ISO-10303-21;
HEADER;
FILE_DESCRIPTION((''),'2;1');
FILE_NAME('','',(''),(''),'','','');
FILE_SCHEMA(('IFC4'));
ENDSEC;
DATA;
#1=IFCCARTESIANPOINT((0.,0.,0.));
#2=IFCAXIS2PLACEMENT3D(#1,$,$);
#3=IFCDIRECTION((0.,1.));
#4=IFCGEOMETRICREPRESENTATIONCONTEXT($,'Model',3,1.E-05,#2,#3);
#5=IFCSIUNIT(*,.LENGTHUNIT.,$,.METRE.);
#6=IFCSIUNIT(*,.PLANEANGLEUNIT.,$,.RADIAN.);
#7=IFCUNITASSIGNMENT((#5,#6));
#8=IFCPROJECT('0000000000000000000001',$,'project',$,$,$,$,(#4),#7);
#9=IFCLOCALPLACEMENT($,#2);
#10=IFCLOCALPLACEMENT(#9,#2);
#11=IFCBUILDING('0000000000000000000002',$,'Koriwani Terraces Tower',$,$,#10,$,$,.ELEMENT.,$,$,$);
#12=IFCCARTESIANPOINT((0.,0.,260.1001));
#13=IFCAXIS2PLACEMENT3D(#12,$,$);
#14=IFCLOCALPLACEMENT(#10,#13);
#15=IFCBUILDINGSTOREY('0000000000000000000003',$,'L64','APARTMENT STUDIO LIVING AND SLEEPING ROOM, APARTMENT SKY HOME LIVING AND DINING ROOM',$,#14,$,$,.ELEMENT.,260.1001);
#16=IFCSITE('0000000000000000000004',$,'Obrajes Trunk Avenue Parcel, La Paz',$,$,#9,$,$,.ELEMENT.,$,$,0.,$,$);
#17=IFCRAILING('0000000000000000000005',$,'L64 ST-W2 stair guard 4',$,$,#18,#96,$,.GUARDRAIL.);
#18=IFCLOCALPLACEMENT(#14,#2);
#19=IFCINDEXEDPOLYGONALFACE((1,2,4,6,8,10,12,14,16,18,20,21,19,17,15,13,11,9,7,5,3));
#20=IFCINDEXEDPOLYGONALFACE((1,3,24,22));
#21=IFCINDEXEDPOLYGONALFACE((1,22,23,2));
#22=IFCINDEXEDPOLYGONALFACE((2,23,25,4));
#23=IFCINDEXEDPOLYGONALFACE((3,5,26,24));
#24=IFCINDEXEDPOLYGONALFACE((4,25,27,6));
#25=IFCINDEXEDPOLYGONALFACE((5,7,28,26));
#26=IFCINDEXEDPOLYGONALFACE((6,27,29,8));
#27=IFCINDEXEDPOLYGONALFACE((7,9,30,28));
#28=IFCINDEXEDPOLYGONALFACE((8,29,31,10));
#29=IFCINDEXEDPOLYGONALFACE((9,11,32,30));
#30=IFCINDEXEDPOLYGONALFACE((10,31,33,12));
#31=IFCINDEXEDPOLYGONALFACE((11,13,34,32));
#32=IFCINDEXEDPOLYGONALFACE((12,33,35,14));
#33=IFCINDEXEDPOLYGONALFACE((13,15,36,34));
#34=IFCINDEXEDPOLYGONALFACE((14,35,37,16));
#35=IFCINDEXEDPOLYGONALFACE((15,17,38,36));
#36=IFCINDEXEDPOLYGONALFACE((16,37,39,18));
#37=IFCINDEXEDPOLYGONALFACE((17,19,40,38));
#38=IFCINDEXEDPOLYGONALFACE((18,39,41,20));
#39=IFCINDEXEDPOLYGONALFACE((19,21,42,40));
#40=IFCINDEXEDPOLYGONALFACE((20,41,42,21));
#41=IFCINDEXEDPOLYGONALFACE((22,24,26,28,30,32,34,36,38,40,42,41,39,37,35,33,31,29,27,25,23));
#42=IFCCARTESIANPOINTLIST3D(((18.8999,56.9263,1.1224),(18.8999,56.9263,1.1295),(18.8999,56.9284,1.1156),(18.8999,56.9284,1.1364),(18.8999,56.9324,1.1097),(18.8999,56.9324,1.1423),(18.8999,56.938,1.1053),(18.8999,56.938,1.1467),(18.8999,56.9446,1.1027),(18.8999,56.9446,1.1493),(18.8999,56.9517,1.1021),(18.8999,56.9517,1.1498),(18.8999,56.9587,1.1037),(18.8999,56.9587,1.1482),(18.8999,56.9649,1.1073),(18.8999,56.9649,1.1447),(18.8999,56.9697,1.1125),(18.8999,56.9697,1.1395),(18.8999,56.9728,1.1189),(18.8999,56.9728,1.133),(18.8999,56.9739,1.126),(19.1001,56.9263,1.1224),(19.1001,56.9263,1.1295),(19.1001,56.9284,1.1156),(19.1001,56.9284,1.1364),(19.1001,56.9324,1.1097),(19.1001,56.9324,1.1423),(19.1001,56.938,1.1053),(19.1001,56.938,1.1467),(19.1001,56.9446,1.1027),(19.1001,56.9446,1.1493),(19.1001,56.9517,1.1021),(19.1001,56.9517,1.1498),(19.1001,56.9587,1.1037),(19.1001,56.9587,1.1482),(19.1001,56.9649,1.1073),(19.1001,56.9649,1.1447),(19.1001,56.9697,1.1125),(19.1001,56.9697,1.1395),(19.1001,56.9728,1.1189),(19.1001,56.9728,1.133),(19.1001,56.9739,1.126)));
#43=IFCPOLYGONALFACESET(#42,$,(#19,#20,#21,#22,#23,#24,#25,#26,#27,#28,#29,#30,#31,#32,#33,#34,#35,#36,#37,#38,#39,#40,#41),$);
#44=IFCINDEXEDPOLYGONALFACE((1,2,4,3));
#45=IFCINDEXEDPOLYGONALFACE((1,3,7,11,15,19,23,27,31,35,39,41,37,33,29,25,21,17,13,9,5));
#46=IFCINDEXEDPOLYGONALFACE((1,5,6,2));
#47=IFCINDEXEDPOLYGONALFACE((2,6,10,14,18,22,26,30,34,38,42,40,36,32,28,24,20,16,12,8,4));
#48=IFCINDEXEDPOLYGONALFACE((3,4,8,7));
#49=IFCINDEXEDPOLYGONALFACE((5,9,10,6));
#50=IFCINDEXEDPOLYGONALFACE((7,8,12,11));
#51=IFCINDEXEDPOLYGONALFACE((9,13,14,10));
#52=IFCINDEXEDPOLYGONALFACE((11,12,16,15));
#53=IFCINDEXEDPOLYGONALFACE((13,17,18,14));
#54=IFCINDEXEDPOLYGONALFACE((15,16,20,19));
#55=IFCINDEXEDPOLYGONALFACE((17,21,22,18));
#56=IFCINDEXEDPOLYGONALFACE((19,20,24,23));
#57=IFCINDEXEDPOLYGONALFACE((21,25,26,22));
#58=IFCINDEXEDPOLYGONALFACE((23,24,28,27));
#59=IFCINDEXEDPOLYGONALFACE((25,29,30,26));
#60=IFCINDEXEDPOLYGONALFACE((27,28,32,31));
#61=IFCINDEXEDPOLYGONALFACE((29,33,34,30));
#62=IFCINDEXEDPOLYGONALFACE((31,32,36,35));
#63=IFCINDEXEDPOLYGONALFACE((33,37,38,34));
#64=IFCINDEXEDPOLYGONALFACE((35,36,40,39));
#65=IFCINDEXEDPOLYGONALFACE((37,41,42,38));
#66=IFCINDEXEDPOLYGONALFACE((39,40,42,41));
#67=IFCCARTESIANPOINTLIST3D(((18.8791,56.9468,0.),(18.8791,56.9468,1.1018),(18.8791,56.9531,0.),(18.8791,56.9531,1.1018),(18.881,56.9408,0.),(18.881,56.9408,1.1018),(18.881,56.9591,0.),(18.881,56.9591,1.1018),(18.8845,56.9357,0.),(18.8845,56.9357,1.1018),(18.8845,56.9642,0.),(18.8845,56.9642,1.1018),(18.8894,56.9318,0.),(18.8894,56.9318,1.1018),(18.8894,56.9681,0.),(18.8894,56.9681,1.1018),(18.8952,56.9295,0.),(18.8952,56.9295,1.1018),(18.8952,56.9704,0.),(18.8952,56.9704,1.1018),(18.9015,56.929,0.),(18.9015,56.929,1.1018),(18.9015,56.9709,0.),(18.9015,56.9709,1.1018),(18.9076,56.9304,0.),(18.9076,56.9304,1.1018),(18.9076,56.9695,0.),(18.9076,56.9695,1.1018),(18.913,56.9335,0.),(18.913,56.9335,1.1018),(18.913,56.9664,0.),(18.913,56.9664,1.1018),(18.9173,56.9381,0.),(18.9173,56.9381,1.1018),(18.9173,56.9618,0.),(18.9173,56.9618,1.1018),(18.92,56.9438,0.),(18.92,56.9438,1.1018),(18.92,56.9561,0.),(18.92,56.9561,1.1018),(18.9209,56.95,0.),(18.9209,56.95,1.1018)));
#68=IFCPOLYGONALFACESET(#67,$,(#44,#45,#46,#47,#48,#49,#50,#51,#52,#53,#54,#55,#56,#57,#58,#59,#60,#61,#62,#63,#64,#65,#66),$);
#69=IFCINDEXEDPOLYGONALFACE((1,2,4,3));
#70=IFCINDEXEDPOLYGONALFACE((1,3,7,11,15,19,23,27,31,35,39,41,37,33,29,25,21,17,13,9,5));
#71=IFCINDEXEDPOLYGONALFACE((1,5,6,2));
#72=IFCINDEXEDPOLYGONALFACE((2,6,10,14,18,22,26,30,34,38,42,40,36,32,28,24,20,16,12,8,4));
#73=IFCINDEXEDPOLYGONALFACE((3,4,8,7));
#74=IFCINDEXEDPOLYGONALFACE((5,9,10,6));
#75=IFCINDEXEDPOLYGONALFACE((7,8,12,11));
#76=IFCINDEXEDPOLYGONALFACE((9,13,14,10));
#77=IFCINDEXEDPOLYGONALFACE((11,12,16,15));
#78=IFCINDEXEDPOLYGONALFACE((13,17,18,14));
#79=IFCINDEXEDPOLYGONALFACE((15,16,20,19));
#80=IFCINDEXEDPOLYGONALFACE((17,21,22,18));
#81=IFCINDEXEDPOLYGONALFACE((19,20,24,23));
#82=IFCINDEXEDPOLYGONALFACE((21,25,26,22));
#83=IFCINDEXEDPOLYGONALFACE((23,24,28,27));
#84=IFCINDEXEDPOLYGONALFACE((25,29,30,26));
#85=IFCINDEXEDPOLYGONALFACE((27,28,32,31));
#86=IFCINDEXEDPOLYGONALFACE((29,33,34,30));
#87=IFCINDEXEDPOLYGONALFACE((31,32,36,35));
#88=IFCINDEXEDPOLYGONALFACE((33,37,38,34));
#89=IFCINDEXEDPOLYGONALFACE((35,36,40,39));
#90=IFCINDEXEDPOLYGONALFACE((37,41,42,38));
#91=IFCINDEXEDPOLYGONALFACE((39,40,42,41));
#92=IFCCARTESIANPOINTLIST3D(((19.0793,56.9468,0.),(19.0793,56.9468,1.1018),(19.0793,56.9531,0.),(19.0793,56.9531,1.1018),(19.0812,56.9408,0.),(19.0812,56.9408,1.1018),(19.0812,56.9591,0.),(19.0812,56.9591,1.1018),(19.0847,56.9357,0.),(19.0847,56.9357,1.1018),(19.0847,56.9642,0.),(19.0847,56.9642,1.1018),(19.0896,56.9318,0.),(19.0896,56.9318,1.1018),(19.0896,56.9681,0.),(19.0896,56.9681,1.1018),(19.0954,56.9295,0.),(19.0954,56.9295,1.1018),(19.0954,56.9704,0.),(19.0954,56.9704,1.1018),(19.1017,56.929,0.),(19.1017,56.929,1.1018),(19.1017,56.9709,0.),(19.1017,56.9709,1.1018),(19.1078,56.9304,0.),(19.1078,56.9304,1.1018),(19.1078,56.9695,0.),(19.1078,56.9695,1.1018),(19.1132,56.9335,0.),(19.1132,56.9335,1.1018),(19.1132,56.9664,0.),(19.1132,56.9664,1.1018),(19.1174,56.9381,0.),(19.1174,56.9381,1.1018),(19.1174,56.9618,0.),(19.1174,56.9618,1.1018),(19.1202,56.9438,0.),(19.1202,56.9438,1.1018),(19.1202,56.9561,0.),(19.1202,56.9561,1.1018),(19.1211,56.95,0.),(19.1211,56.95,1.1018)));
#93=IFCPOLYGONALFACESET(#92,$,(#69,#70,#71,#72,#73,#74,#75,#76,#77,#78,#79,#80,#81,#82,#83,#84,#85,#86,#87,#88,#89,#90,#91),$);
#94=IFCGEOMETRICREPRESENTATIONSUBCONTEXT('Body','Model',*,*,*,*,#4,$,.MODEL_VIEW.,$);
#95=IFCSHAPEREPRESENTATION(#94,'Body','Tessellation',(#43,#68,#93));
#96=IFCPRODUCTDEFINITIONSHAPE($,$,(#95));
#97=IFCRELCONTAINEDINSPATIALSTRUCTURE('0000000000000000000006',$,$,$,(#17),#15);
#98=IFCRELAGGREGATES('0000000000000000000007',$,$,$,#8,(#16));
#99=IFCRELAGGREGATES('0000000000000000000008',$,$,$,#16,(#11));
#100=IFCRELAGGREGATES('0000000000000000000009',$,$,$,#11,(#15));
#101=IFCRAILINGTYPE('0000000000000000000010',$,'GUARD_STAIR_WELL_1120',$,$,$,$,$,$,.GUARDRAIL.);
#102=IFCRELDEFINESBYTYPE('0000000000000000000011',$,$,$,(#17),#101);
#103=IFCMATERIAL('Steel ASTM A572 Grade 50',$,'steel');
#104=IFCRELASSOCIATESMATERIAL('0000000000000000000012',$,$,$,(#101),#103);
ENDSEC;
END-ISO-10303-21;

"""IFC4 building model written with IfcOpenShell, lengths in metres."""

from ifc_helpers import new_model, si_unit, direction, frame, origin, origin_2d, place, context, subcontext, project, spatial, circle, extrude, material, type_object, element, save


model = new_model("IFC4")

# Units and contexts
model_context = context("Model", 3, precision=1e-05, world=origin(), true_north=direction((0.0, 1.0)))
body_context = subcontext(model_context, "Body", "Model", "MODEL_VIEW")
ifc_project = project(units=[si_unit("LENGTHUNIT", "METRE"), si_unit("PLANEANGLEUNIT", "RADIAN")], contexts=[model_context])

# Site, building, storey
site_placement = place(None, origin())
site = spatial("IfcSite", under=ifc_project, at=site_placement, Name="Obrajes Trunk Avenue Parcel, La Paz", CompositionType="ELEMENT", RefElevation=0.0)
building_placement = place(site_placement, origin())
building = spatial("IfcBuilding", under=site, at=building_placement, Name="Koriwani Terraces Tower", CompositionType="ELEMENT")
storey_placement = place(building_placement, frame((0.0, 0.0, 260.1001)))
storey = spatial("IfcBuildingStorey", under=building, at=storey_placement, Name="L64", Description="APARTMENT STUDIO LIVING AND SLEEPING ROOM, APARTMENT SKY HOME LIVING AND DINING ROOM", CompositionType="ELEMENT", Elevation=260.1001)

# Shared definitions
ifc_material_1 = material(Name="Steel ASTM A572 Grade 50", Category="steel")

# Railing
railing_type = type_object("IfcRailingType", Name="GUARD_STAIR_WELL_1120", PredefinedType="GUARDRAIL", material=ifc_material_1)
railing_1_placement = place(storey_placement, frame((18.8999, 56.95, 0.0)))
element("IfcRailing", 1, at=railing_1_placement, inside=storey, type_object=railing_type, Name="L64 ST-W2 stair guard 4", PredefinedType="GUARDRAIL", context=body_context, shape_type="SweptSolid", body=[
    extrude(circle(Radius=0.0239, at=origin_2d()), frame((0.0, 0.0, 1.126), z_axis=(1.0, 0.0, 0.0), x_axis=(0.0, 1.0, 0.0)), (0.0, 0.0, 1.0), 0.2002),
    extrude(circle(Radius=0.021, at=origin_2d()), origin(), (0.0, 0.0, 1.0), 1.1018),
    extrude(circle(Radius=0.021, at=origin_2d()), frame((0.2002, 0.0, 0.0)), (0.0, 0.0, 1.0), 1.1018),
])

save(model, "model.ifc")
